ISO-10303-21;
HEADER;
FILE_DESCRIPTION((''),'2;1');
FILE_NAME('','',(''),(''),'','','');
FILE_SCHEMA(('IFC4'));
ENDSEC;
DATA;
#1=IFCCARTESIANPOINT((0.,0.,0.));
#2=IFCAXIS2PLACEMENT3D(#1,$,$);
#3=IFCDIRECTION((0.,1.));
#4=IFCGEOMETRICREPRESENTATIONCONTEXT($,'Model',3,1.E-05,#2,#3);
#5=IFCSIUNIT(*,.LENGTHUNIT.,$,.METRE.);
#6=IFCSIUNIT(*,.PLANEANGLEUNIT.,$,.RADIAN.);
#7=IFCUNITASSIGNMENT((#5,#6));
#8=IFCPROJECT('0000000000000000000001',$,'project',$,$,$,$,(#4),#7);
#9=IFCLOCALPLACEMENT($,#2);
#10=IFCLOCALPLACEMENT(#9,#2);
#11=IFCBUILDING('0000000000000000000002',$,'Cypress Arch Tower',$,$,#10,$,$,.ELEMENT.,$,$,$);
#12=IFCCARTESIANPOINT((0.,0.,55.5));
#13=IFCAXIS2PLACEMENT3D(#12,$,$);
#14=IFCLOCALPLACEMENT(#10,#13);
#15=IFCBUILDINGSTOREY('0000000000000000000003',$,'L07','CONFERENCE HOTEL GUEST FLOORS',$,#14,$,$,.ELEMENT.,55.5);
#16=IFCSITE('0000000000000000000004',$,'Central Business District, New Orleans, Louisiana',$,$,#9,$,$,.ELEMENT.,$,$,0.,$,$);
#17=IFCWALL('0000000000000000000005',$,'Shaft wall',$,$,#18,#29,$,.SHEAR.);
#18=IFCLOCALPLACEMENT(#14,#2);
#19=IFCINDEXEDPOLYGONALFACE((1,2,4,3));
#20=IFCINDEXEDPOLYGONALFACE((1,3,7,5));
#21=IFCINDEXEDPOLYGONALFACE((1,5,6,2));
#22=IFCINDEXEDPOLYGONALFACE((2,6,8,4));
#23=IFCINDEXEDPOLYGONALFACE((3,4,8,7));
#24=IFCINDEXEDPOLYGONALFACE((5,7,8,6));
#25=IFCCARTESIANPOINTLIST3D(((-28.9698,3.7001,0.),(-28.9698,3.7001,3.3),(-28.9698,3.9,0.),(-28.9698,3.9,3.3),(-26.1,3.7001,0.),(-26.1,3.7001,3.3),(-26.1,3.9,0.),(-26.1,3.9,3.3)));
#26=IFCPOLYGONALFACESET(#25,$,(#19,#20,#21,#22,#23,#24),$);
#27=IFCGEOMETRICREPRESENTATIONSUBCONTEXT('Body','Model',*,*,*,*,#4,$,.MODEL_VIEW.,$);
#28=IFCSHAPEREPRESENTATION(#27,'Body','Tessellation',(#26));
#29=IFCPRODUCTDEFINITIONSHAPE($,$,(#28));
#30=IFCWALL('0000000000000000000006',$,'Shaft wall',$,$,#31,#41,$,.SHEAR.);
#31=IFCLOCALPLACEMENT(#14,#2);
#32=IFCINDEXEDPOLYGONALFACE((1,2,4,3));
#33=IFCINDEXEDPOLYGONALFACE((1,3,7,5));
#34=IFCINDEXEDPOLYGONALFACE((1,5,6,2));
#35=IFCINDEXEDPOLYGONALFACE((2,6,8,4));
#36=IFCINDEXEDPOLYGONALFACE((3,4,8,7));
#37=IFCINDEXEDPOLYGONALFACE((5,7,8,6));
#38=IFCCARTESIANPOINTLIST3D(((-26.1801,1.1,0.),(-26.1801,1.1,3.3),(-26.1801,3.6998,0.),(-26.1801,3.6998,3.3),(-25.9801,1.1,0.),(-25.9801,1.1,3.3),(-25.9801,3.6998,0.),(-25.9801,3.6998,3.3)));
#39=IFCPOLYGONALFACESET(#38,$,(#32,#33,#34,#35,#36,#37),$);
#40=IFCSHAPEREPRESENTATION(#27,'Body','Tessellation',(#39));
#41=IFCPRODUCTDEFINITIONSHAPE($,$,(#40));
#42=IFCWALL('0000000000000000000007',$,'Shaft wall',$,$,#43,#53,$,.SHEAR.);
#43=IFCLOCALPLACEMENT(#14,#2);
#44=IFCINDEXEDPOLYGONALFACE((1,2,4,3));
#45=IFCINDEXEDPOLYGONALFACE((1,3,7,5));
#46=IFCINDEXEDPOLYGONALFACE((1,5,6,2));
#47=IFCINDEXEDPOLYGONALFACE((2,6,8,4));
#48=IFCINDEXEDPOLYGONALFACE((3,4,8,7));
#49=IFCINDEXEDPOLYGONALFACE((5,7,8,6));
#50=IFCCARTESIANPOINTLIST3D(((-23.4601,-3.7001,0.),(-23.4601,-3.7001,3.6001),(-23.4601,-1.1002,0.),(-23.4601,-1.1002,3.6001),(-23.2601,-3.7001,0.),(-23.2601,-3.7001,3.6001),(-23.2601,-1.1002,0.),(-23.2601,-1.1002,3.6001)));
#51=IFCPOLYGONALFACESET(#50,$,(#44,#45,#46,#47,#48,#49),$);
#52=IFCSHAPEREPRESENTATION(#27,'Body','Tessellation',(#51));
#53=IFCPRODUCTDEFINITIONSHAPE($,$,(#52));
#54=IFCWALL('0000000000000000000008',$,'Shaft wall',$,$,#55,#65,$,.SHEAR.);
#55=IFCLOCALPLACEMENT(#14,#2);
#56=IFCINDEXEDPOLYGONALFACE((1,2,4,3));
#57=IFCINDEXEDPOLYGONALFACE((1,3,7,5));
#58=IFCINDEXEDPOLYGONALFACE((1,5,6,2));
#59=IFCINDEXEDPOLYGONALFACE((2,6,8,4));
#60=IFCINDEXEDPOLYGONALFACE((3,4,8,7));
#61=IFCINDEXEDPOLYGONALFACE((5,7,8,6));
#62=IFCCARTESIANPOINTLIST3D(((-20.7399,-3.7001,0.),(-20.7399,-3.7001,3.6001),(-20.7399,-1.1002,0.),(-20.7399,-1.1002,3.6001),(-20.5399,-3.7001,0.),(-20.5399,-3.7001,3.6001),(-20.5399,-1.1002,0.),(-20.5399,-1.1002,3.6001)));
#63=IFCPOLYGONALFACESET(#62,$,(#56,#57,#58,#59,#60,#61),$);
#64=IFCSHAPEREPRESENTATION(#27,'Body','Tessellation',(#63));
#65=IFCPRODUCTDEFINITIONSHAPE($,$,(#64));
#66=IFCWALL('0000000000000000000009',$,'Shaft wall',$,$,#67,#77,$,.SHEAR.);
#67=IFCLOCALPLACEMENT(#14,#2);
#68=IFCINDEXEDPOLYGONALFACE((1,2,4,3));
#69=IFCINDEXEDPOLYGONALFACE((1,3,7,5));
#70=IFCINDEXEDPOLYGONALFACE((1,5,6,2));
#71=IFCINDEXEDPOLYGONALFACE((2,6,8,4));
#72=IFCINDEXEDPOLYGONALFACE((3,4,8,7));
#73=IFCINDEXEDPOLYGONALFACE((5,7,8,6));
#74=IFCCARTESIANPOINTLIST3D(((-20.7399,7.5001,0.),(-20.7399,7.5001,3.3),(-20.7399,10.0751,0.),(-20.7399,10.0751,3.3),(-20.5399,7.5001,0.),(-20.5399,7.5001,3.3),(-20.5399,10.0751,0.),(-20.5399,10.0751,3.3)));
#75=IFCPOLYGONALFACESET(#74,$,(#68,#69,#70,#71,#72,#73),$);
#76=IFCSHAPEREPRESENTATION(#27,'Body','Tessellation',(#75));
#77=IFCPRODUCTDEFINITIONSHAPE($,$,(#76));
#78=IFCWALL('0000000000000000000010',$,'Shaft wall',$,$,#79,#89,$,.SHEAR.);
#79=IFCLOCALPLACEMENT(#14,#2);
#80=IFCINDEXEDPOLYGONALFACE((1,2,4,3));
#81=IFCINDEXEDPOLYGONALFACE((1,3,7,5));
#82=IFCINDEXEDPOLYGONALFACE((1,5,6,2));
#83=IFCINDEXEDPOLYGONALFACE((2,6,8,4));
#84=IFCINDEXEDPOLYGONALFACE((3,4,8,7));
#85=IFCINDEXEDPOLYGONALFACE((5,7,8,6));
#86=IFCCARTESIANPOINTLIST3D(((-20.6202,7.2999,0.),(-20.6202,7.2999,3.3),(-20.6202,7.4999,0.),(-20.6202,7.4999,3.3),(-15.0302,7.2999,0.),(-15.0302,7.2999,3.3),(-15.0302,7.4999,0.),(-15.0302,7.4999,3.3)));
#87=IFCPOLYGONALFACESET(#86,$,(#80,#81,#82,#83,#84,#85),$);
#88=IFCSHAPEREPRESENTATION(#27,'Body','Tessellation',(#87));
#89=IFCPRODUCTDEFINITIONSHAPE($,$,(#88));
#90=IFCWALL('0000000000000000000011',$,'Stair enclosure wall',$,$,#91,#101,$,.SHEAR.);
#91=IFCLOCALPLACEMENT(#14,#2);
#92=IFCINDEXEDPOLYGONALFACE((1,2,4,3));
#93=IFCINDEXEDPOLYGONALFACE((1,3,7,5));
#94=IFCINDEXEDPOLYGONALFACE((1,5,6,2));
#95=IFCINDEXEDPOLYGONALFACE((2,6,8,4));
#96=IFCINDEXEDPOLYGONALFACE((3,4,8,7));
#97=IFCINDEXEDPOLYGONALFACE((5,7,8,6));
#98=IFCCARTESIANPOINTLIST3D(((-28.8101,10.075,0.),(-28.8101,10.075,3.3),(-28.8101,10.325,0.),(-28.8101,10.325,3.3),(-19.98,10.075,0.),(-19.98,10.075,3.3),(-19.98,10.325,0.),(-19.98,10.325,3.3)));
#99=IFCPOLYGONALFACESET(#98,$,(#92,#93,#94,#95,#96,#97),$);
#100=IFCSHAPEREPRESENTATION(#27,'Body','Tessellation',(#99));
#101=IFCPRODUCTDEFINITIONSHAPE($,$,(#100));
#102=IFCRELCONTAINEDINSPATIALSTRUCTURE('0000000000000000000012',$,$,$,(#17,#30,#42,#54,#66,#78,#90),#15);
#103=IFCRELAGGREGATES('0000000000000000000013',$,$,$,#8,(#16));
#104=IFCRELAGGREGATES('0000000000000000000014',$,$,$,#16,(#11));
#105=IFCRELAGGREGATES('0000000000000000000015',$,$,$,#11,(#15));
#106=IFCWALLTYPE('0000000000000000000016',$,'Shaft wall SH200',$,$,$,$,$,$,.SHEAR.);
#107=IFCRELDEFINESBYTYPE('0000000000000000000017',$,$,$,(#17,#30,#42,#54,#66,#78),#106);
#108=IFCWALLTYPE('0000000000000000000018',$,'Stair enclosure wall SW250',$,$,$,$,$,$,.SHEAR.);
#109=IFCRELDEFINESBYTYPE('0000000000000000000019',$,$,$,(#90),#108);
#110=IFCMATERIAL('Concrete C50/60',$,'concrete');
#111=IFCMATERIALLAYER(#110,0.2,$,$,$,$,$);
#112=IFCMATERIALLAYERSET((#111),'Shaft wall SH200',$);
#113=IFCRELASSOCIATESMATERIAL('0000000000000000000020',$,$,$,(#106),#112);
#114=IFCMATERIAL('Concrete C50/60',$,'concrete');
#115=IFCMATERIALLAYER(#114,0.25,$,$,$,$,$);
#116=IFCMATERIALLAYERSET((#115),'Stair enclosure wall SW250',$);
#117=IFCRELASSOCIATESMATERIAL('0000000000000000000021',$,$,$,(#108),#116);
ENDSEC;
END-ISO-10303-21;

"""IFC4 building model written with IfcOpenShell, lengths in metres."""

from ifc_helpers import new_model, si_unit, direction, frame, frame_2d, origin, place, context, subcontext, project, spatial, rectangle, extrude, material, layer, layer_set, type_object, element, save


model = new_model("IFC4")

# Units and contexts
model_context = context("Model", 3, precision=1e-05, world=origin(), true_north=direction((0.0, 1.0)))
body_context = subcontext(model_context, "Body", "Model", "MODEL_VIEW")
ifc_project = project(units=[si_unit("LENGTHUNIT", "METRE"), si_unit("PLANEANGLEUNIT", "RADIAN")], contexts=[model_context])

# Site, building, storey
site_placement = place(None, origin())
site = spatial("IfcSite", under=ifc_project, at=site_placement, Name="Central Business District, New Orleans, Louisiana", CompositionType="ELEMENT", RefElevation=0.0)
building_placement = place(site_placement, origin())
building = spatial("IfcBuilding", under=site, at=building_placement, Name="Cypress Arch Tower", CompositionType="ELEMENT")
storey_placement = place(building_placement, frame((0.0, 0.0, 55.5)))
storey = spatial("IfcBuildingStorey", under=building, at=storey_placement, Name="L07", Description="CONFERENCE HOTEL GUEST FLOORS", CompositionType="ELEMENT", Elevation=55.5)

# Walls
ifc_material_1 = material(Name="Concrete C50/60", Category="concrete")
ifc_layer_1 = layer(ifc_material_1, 0.2)
ifc_layer_set_1 = layer_set([ifc_layer_1], Name="Shaft wall SH200")
wall_type_1 = type_object("IfcWallType", Name="Shaft wall SH200", PredefinedType="SHEAR", material=ifc_layer_set_1)
for number, where, z_axis, x_axis, name in (
    (1, (-28.97, 3.8, 0.0), (0.0, 0.0, 1.0), (1.0, 0.0, 0.0), "Shaft wall"),
):
    element("IfcWall", number, at=place(storey_placement, frame(where, z_axis=z_axis, x_axis=x_axis)), inside=storey, type_object=wall_type_1, Name=name, PredefinedType="SHEAR", context=body_context, shape_type="SweptSolid", body=[
        extrude(rectangle(XDim=2.8699, YDim=0.2, at=frame_2d((1.4351, 0.0))), origin(), (0.0, 0.0, 1.0), 3.3),
    ])
wall_1_placement = place(storey_placement, frame((-26.0801, 1.1001, 0.0), z_axis=(0.0, 0.0, 1.0), x_axis=(0.0, 1.0, 0.0)))
element("IfcWall", 2, at=wall_1_placement, inside=storey, type_object=wall_type_1, Name="Shaft wall", PredefinedType="SHEAR", context=body_context, shape_type="SweptSolid", body=[
    extrude(rectangle(XDim=2.5999, YDim=0.2, at=frame_2d((1.2998, 0.0))), origin(), (0.0, 0.0, 1.0), 3.3),
])
for number, where, z_axis, x_axis, name in (
    (3, (-23.3601, -3.7, 0.0), (0.0, 0.0, 1.0), (0.0, 1.0, 0.0), "Shaft wall"),
    (4, (-20.6399, -3.7, 0.0), (0.0, 0.0, 1.0), (0.0, 1.0, 0.0), "Shaft wall"),
):
    element("IfcWall", number, at=place(storey_placement, frame(where, z_axis=z_axis, x_axis=x_axis)), inside=storey, type_object=wall_type_1, Name=name, PredefinedType="SHEAR", context=body_context, shape_type="SweptSolid", body=[
        extrude(rectangle(XDim=2.5999, YDim=0.2, at=frame_2d((1.2998, 0.0))), origin(), (0.0, 0.0, 1.0), 3.6001),
    ])
wall_2_placement = place(storey_placement, frame((-20.6399, 7.5, 0.0), z_axis=(0.0, 0.0, 1.0), x_axis=(0.0, 1.0, 0.0)))
element("IfcWall", 5, at=wall_2_placement, inside=storey, type_object=wall_type_1, Name="Shaft wall", PredefinedType="SHEAR", context=body_context, shape_type="SweptSolid", body=[
    extrude(rectangle(XDim=2.575, YDim=0.2, at=frame_2d((1.2876, 0.0))), origin(), (0.0, 0.0, 1.0), 3.3),
])
wall_3_placement = place(storey_placement, frame((-20.6201, 7.3999, 0.0), z_axis=(0.0, 0.0, 1.0), x_axis=(1.0, 0.0, 0.0)))
element("IfcWall", 6, at=wall_3_placement, inside=storey, type_object=wall_type_1, Name="Shaft wall", PredefinedType="SHEAR", context=body_context, shape_type="SweptSolid", body=[
    extrude(rectangle(XDim=5.5901, YDim=0.2, at=frame_2d((2.7949, 0.0))), origin(), (0.0, 0.0, 1.0), 3.3),
])
ifc_material_2 = material(Name="Concrete C50/60", Category="concrete")
ifc_layer_2 = layer(ifc_material_2, 0.25)
ifc_layer_set_2 = layer_set([ifc_layer_2], Name="Stair enclosure wall SW250")
wall_type_2 = type_object("IfcWallType", Name="Stair enclosure wall SW250", PredefinedType="SHEAR", material=ifc_layer_set_2)
wall_4_placement = place(storey_placement, frame((-28.8101, 10.2, 0.0), z_axis=(0.0, 0.0, 1.0), x_axis=(1.0, 0.0, 0.0)))
element("IfcWall", 7, at=wall_4_placement, inside=storey, type_object=wall_type_2, Name="Stair enclosure wall", PredefinedType="SHEAR", context=body_context, shape_type="SweptSolid", body=[
    extrude(rectangle(XDim=8.8301, YDim=0.25, at=frame_2d((4.415, 0.0))), origin(), (0.0, 0.0, 1.0), 3.3),
])

save(model, "model.ifc")
